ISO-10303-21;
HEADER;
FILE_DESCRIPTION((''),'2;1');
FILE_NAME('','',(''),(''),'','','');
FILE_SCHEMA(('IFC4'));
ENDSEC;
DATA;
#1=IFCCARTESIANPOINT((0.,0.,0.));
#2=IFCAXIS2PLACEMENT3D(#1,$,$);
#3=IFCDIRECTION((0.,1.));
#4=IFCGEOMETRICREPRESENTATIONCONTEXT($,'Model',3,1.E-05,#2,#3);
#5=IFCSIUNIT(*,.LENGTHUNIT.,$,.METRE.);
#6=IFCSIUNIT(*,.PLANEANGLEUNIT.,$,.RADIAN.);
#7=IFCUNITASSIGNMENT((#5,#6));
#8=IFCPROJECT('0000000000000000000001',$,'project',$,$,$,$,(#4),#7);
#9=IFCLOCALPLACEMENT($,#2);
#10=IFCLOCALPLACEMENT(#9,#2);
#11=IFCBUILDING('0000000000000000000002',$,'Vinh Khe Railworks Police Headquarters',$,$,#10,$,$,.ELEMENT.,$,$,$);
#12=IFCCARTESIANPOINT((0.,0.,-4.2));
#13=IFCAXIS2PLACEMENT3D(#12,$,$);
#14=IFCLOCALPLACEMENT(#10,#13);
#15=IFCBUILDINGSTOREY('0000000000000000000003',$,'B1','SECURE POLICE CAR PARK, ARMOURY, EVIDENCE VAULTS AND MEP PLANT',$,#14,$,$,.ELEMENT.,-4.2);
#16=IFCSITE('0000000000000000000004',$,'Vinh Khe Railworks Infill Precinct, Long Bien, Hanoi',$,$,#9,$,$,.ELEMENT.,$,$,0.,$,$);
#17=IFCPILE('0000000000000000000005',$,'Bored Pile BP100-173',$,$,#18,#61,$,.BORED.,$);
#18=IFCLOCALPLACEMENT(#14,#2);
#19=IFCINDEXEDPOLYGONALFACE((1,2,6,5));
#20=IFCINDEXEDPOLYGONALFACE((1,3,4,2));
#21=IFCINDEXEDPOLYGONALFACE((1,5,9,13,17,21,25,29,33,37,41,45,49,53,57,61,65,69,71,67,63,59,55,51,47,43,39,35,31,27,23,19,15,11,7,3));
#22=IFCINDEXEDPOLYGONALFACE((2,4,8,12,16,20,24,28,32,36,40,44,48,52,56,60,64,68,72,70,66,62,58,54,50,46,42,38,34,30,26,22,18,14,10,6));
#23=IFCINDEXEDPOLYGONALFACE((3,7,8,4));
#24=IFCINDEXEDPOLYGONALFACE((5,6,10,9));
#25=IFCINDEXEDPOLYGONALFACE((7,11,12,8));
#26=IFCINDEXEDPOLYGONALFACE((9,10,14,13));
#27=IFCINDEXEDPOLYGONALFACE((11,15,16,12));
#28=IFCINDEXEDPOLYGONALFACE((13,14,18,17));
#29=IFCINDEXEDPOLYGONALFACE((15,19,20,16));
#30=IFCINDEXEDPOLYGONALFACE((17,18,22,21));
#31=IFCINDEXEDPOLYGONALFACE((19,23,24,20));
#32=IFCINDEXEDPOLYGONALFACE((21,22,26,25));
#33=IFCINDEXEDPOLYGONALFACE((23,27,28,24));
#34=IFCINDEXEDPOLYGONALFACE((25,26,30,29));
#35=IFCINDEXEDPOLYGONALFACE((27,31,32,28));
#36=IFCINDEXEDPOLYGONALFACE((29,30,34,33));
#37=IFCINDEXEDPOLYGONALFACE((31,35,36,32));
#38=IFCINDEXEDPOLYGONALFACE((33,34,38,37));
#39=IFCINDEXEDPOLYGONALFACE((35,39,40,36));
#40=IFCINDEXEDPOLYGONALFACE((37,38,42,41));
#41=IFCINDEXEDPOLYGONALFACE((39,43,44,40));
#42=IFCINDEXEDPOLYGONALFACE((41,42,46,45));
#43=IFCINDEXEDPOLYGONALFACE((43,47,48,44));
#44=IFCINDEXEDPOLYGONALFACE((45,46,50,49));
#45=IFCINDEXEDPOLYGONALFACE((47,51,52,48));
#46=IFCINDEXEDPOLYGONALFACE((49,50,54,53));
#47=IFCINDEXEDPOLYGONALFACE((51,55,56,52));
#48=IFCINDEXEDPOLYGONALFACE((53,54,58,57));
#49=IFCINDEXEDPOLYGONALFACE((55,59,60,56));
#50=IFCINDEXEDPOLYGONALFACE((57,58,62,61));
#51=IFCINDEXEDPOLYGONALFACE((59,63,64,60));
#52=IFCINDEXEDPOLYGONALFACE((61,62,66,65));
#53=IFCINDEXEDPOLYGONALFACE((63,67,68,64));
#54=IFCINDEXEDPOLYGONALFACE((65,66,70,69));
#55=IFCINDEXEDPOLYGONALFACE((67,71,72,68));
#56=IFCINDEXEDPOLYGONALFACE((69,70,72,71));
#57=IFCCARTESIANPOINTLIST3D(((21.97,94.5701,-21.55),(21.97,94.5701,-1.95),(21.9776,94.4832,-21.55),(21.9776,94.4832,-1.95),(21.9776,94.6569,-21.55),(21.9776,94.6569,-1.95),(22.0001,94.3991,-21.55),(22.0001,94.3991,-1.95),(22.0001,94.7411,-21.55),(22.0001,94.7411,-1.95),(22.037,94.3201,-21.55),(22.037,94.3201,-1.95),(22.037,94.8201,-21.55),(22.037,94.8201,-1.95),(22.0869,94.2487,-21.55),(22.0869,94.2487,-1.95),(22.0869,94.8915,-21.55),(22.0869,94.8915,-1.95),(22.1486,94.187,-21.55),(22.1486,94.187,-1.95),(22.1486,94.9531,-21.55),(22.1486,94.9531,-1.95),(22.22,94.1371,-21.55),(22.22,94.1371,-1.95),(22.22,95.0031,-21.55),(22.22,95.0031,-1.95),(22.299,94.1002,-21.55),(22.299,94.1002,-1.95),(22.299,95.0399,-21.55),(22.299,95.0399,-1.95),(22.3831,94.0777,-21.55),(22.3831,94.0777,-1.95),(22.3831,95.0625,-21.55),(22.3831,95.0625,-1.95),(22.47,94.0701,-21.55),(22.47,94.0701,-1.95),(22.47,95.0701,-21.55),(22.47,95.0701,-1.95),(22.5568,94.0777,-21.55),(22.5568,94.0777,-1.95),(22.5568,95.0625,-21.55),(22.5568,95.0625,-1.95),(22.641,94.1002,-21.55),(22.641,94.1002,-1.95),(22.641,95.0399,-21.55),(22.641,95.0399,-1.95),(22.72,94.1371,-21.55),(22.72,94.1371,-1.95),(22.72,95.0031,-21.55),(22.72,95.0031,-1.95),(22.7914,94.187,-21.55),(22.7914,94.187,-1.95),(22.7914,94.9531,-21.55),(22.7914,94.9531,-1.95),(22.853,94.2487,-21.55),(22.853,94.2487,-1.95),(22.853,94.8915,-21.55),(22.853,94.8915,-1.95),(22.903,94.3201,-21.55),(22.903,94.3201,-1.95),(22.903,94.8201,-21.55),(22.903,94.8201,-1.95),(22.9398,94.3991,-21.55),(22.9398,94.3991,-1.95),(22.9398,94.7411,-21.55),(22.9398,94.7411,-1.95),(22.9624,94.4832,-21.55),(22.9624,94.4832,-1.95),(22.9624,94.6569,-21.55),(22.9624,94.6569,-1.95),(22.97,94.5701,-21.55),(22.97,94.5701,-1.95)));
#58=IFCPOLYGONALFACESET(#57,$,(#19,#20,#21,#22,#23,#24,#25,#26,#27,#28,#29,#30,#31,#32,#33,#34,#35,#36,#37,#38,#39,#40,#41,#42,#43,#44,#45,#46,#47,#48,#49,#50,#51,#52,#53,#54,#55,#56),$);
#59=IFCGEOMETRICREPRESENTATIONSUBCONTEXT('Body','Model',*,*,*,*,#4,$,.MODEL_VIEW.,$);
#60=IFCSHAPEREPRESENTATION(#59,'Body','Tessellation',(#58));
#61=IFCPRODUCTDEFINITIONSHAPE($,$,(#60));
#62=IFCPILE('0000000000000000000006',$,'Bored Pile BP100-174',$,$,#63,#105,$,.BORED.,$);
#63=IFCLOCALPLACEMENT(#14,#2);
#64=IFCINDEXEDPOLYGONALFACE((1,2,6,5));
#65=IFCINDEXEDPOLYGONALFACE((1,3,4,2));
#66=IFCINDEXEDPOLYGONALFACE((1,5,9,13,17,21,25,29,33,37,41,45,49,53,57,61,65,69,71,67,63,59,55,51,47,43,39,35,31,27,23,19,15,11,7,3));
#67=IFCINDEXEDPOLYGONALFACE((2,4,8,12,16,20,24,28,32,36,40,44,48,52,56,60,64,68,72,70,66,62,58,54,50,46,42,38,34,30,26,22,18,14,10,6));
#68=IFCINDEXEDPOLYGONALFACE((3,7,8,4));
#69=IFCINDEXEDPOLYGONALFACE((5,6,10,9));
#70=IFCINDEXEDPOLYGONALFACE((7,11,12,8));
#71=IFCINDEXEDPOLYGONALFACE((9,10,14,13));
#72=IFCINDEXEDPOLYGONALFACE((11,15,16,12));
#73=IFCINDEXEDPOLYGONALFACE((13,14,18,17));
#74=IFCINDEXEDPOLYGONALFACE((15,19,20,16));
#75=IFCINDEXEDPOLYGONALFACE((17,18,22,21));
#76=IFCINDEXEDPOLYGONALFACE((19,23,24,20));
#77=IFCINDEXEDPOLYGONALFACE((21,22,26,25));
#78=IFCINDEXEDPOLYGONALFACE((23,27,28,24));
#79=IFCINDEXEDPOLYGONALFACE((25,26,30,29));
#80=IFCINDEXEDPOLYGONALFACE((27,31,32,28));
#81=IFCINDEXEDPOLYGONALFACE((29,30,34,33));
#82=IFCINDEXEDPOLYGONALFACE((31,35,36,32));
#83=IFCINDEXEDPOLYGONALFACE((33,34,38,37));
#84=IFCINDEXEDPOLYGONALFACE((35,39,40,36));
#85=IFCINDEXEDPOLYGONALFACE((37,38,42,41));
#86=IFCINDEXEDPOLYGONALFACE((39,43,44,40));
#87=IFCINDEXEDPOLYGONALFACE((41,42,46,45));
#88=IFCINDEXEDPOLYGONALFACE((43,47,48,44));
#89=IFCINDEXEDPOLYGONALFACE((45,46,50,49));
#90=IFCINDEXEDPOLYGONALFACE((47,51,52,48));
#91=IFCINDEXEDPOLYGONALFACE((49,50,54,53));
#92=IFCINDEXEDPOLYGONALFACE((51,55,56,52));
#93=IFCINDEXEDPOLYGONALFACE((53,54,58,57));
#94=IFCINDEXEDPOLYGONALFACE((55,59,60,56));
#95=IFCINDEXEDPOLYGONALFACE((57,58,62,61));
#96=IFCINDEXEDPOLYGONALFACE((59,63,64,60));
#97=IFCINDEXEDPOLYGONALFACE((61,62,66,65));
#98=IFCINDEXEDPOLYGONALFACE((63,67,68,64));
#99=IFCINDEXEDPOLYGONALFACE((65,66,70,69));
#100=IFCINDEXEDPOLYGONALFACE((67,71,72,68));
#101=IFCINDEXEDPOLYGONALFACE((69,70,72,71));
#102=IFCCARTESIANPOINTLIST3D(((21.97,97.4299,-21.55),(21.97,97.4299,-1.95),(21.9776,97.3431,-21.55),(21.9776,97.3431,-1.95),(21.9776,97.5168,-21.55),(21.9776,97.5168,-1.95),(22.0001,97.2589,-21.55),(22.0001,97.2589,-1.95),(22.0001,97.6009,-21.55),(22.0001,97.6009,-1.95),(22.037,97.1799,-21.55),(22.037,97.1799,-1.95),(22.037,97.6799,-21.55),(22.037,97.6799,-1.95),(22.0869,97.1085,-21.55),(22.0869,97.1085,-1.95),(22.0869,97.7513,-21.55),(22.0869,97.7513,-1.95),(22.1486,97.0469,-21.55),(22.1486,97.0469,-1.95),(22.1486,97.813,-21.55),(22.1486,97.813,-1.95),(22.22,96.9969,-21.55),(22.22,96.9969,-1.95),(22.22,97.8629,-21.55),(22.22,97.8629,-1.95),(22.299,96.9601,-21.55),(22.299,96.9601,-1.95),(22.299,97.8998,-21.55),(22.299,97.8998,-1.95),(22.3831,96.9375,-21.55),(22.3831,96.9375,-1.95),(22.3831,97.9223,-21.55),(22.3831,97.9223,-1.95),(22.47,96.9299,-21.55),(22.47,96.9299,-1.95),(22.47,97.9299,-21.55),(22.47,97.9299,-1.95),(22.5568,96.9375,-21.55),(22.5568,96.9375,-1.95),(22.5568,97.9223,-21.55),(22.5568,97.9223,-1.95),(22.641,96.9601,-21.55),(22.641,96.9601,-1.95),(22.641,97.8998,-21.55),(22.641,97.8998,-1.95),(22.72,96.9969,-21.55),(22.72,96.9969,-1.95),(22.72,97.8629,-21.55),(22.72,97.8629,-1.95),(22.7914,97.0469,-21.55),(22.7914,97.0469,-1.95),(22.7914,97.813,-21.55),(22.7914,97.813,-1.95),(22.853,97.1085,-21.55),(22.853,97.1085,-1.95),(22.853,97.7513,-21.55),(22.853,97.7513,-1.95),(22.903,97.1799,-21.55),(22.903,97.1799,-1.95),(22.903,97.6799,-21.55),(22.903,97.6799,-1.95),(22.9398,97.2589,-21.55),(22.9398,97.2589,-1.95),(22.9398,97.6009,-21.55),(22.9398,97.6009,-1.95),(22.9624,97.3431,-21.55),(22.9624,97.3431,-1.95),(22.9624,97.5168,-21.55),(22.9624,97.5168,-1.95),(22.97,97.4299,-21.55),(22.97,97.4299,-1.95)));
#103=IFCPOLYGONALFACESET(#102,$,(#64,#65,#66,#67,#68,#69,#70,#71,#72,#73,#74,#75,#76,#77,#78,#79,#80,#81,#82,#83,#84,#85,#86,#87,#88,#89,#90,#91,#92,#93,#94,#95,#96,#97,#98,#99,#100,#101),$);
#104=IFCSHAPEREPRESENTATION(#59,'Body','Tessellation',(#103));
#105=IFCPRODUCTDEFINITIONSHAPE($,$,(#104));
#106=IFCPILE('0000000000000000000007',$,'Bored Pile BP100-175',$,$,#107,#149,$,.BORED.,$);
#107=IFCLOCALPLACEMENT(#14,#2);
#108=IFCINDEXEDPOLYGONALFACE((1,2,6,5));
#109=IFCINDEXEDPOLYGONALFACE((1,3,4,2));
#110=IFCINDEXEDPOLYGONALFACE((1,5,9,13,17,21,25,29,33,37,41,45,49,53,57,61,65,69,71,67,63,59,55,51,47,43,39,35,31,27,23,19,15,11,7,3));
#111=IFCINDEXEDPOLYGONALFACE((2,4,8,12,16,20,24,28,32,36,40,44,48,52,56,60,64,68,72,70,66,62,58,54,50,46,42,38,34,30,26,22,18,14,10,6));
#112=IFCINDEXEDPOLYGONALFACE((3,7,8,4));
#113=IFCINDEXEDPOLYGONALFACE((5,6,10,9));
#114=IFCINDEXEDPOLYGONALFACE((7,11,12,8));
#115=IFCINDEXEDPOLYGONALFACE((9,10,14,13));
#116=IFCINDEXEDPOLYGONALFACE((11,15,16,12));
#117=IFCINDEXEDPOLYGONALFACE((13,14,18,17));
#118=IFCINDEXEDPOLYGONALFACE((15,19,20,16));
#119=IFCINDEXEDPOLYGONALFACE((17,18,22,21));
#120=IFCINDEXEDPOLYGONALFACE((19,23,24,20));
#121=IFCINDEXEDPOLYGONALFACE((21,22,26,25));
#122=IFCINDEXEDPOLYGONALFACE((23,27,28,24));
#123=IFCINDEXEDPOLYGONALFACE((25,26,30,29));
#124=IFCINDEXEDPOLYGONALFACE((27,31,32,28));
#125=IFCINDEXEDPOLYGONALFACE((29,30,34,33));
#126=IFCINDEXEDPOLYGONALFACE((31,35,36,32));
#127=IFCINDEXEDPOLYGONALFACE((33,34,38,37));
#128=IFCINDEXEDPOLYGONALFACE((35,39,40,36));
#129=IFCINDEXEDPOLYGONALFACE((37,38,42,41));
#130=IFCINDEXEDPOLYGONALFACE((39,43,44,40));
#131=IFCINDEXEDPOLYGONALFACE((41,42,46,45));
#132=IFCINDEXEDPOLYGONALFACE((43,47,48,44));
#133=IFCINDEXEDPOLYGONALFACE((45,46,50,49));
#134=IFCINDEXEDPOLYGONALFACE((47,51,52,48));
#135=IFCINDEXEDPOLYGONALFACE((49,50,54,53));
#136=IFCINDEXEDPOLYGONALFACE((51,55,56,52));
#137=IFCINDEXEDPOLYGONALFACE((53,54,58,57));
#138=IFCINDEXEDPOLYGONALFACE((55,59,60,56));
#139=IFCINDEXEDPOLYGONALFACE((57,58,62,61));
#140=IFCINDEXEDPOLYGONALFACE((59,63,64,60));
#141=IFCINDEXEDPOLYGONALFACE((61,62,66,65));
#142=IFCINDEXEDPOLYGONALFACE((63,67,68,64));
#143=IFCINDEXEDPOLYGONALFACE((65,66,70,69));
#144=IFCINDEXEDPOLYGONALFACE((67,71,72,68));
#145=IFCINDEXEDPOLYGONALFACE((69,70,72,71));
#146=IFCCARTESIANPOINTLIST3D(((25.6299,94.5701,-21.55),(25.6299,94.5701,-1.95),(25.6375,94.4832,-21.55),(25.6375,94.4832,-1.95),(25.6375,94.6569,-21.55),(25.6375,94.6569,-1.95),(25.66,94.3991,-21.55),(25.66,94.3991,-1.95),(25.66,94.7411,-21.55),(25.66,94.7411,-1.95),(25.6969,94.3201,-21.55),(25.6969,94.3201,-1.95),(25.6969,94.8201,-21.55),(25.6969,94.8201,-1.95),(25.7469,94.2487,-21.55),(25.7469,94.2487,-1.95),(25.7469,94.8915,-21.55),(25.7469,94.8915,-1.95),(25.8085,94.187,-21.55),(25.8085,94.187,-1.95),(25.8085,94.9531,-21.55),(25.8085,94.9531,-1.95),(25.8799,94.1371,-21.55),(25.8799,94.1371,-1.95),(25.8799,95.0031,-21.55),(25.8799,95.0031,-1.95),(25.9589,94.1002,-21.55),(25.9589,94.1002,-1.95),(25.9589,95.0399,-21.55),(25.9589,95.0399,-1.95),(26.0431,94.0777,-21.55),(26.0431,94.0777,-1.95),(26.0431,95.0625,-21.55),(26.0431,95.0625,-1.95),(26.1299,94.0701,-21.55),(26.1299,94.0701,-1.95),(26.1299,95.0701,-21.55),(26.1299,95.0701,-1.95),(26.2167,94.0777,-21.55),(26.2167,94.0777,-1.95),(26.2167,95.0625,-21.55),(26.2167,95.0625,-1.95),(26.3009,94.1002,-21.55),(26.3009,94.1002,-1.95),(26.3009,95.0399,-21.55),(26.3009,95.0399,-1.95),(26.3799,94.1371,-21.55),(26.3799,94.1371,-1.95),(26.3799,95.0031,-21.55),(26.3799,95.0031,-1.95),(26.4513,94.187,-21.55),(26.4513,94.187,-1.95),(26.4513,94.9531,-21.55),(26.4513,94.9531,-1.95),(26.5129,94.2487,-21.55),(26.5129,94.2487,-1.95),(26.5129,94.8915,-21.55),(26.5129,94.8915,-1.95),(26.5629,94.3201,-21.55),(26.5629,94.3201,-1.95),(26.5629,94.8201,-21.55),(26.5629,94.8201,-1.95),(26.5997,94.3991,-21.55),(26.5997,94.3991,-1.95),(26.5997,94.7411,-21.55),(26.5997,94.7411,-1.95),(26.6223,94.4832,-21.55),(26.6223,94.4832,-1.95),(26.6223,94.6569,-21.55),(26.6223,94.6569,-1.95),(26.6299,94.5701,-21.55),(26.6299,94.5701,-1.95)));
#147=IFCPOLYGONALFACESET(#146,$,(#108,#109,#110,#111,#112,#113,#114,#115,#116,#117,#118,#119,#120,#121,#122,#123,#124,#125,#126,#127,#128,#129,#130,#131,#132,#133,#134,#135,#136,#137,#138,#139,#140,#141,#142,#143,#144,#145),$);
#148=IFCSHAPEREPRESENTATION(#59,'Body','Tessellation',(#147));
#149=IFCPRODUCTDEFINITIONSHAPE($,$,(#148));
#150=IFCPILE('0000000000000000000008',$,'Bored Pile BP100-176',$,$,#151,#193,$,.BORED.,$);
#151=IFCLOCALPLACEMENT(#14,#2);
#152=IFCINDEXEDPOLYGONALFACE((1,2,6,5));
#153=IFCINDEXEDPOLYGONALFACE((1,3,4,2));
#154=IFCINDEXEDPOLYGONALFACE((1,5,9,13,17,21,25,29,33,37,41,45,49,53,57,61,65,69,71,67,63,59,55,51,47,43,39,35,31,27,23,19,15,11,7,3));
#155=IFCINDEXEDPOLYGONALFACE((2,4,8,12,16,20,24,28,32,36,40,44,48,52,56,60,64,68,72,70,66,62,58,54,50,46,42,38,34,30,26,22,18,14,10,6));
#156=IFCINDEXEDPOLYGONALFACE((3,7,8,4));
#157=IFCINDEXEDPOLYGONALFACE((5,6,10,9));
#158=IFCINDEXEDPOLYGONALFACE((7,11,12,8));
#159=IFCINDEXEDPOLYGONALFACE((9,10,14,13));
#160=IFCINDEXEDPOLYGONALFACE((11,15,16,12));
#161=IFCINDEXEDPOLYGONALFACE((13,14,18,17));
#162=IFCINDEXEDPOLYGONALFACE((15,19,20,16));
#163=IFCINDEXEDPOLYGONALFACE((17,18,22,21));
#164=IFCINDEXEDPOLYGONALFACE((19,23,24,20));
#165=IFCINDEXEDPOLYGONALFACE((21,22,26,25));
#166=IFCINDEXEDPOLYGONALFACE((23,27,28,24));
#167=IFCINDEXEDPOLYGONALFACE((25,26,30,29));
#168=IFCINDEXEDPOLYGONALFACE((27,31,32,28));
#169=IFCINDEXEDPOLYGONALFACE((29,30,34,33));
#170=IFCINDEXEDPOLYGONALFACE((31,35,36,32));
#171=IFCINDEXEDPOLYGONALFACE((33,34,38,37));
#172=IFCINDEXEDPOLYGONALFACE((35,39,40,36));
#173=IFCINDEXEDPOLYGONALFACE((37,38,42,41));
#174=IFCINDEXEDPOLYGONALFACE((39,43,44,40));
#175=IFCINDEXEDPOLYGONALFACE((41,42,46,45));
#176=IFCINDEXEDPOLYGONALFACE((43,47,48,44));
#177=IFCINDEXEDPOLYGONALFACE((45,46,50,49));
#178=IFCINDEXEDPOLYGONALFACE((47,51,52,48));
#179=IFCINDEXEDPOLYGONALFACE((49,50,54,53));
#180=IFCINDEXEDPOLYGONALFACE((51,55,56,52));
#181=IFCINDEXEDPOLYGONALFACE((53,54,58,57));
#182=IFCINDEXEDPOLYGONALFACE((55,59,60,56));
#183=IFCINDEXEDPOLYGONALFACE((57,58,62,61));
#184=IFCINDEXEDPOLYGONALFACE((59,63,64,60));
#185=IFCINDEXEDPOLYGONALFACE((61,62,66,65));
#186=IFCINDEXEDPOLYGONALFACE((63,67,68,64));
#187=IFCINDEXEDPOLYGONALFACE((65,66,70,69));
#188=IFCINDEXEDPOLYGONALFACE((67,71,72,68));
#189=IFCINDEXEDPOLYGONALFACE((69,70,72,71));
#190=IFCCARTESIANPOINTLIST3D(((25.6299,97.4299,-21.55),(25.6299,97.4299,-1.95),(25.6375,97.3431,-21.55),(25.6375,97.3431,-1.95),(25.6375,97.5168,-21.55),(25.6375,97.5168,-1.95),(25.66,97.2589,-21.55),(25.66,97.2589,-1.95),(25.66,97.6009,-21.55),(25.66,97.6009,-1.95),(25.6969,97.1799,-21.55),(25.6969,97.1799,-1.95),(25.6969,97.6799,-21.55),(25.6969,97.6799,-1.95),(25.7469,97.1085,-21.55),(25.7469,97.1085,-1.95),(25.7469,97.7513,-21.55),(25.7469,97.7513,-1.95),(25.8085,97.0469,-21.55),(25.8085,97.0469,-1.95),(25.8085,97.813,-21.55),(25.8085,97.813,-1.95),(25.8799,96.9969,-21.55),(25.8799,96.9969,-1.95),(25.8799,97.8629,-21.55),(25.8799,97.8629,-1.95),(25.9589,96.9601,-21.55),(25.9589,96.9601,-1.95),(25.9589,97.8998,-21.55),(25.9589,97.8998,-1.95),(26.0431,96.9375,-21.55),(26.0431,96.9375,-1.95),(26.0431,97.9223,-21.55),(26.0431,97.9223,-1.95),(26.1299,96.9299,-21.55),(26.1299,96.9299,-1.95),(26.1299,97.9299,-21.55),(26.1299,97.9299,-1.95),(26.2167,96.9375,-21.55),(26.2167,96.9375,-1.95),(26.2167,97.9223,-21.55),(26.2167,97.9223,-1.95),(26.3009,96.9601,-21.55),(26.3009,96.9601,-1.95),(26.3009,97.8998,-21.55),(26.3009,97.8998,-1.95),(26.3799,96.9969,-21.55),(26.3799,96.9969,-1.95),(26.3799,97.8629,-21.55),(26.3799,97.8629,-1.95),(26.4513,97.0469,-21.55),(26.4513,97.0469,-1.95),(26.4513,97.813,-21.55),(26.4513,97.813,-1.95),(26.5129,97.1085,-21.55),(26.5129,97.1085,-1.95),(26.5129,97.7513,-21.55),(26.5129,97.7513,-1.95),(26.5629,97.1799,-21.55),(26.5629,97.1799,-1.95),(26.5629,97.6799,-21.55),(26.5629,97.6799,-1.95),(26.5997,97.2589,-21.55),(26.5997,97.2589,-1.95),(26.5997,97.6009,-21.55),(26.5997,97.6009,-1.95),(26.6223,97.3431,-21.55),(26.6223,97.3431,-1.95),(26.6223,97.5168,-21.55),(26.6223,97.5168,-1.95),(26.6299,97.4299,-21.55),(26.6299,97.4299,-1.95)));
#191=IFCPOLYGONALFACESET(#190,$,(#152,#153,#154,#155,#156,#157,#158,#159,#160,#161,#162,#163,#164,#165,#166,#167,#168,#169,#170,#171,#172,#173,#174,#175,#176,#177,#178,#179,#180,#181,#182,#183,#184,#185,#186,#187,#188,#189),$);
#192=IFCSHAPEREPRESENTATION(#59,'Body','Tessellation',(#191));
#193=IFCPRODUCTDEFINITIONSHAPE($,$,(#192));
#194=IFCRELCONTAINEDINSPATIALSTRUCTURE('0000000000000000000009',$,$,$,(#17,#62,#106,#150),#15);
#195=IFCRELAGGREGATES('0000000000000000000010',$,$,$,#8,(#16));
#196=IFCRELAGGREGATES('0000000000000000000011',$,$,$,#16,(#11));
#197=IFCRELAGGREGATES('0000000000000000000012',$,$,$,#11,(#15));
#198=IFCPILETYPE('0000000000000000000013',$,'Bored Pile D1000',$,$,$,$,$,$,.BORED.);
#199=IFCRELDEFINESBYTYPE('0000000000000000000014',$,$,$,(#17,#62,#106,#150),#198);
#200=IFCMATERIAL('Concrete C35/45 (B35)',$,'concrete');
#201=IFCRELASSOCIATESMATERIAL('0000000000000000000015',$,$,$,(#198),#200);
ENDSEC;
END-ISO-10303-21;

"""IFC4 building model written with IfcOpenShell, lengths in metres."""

from ifc_helpers import new_model, si_unit, direction, frame, origin, origin_2d, place, context, subcontext, project, spatial, circle, extrude, material, material_profile, profile_set, type_object, element, save


model = new_model("IFC4")

# Units and contexts
model_context = context("Model", 3, precision=1e-05, world=origin(), true_north=direction((0.0, 1.0)))
body_context = subcontext(model_context, "Body", "Model", "MODEL_VIEW")
ifc_project = project(units=[si_unit("LENGTHUNIT", "METRE"), si_unit("PLANEANGLEUNIT", "RADIAN")], contexts=[model_context])

# Site, building, storey
site_placement = place(None, origin())
site = spatial("IfcSite", under=ifc_project, at=site_placement, Name="Vinh Khe Railworks Infill Precinct, Long Bien, Hanoi", CompositionType="ELEMENT", RefElevation=0.0)
building_placement = place(site_placement, origin())
building = spatial("IfcBuilding", under=site, at=building_placement, Name="Vinh Khe Railworks Police Headquarters", CompositionType="ELEMENT")
storey_placement = place(building_placement, frame((0.0, 0.0, -4.2)))
storey = spatial("IfcBuildingStorey", under=building, at=storey_placement, Name="B1", Description="SECURE POLICE CAR PARK, ARMOURY, EVIDENCE VAULTS AND MEP PLANT", CompositionType="ELEMENT", Elevation=-4.2)

# Piles
ifc_material_1 = material(Name="Concrete C35/45 (B35)", Category="concrete")
ifc_material_profile_1 = material_profile(ifc_material_1, circle(Radius=0.5, at=origin_2d()), Name="BORED PILE D1000")
ifc_profile_set_1 = profile_set([ifc_material_profile_1], Name="Concrete C35/45 (B35)")
pile_type_1 = type_object("IfcPileType", Name="Bored Pile D1000", PredefinedType="BORED", material=ifc_profile_set_1)
for number, where, z_axis, x_axis, name in (
    (1, (22.47, 94.5701, -1.95), (0.0, 0.0, -1.0), (1.0, 0.0, 0.0), "Bored Pile BP100-173"),
    (2, (22.47, 97.4299, -1.95), (0.0, 0.0, -1.0), (1.0, 0.0, 0.0), "Bored Pile BP100-174"),
    (3, (26.1299, 94.5701, -1.95), (0.0, 0.0, -1.0), (1.0, 0.0, 0.0), "Bored Pile BP100-175"),
    (4, (26.1299, 97.4299, -1.95), (0.0, 0.0, -1.0), (1.0, 0.0, 0.0), "Bored Pile BP100-176"),
):
    element("IfcPile", number, at=place(storey_placement, frame(where, z_axis=z_axis, x_axis=x_axis)), inside=storey, type_object=pile_type_1, Name=name, PredefinedType="BORED", context=body_context, shape_type="SweptSolid", body=[
        extrude(circle(Radius=0.5, at=origin_2d()), origin(), (0.0, 0.0, 1.0), 19.6001),
    ])

save(model, "model.ifc")
